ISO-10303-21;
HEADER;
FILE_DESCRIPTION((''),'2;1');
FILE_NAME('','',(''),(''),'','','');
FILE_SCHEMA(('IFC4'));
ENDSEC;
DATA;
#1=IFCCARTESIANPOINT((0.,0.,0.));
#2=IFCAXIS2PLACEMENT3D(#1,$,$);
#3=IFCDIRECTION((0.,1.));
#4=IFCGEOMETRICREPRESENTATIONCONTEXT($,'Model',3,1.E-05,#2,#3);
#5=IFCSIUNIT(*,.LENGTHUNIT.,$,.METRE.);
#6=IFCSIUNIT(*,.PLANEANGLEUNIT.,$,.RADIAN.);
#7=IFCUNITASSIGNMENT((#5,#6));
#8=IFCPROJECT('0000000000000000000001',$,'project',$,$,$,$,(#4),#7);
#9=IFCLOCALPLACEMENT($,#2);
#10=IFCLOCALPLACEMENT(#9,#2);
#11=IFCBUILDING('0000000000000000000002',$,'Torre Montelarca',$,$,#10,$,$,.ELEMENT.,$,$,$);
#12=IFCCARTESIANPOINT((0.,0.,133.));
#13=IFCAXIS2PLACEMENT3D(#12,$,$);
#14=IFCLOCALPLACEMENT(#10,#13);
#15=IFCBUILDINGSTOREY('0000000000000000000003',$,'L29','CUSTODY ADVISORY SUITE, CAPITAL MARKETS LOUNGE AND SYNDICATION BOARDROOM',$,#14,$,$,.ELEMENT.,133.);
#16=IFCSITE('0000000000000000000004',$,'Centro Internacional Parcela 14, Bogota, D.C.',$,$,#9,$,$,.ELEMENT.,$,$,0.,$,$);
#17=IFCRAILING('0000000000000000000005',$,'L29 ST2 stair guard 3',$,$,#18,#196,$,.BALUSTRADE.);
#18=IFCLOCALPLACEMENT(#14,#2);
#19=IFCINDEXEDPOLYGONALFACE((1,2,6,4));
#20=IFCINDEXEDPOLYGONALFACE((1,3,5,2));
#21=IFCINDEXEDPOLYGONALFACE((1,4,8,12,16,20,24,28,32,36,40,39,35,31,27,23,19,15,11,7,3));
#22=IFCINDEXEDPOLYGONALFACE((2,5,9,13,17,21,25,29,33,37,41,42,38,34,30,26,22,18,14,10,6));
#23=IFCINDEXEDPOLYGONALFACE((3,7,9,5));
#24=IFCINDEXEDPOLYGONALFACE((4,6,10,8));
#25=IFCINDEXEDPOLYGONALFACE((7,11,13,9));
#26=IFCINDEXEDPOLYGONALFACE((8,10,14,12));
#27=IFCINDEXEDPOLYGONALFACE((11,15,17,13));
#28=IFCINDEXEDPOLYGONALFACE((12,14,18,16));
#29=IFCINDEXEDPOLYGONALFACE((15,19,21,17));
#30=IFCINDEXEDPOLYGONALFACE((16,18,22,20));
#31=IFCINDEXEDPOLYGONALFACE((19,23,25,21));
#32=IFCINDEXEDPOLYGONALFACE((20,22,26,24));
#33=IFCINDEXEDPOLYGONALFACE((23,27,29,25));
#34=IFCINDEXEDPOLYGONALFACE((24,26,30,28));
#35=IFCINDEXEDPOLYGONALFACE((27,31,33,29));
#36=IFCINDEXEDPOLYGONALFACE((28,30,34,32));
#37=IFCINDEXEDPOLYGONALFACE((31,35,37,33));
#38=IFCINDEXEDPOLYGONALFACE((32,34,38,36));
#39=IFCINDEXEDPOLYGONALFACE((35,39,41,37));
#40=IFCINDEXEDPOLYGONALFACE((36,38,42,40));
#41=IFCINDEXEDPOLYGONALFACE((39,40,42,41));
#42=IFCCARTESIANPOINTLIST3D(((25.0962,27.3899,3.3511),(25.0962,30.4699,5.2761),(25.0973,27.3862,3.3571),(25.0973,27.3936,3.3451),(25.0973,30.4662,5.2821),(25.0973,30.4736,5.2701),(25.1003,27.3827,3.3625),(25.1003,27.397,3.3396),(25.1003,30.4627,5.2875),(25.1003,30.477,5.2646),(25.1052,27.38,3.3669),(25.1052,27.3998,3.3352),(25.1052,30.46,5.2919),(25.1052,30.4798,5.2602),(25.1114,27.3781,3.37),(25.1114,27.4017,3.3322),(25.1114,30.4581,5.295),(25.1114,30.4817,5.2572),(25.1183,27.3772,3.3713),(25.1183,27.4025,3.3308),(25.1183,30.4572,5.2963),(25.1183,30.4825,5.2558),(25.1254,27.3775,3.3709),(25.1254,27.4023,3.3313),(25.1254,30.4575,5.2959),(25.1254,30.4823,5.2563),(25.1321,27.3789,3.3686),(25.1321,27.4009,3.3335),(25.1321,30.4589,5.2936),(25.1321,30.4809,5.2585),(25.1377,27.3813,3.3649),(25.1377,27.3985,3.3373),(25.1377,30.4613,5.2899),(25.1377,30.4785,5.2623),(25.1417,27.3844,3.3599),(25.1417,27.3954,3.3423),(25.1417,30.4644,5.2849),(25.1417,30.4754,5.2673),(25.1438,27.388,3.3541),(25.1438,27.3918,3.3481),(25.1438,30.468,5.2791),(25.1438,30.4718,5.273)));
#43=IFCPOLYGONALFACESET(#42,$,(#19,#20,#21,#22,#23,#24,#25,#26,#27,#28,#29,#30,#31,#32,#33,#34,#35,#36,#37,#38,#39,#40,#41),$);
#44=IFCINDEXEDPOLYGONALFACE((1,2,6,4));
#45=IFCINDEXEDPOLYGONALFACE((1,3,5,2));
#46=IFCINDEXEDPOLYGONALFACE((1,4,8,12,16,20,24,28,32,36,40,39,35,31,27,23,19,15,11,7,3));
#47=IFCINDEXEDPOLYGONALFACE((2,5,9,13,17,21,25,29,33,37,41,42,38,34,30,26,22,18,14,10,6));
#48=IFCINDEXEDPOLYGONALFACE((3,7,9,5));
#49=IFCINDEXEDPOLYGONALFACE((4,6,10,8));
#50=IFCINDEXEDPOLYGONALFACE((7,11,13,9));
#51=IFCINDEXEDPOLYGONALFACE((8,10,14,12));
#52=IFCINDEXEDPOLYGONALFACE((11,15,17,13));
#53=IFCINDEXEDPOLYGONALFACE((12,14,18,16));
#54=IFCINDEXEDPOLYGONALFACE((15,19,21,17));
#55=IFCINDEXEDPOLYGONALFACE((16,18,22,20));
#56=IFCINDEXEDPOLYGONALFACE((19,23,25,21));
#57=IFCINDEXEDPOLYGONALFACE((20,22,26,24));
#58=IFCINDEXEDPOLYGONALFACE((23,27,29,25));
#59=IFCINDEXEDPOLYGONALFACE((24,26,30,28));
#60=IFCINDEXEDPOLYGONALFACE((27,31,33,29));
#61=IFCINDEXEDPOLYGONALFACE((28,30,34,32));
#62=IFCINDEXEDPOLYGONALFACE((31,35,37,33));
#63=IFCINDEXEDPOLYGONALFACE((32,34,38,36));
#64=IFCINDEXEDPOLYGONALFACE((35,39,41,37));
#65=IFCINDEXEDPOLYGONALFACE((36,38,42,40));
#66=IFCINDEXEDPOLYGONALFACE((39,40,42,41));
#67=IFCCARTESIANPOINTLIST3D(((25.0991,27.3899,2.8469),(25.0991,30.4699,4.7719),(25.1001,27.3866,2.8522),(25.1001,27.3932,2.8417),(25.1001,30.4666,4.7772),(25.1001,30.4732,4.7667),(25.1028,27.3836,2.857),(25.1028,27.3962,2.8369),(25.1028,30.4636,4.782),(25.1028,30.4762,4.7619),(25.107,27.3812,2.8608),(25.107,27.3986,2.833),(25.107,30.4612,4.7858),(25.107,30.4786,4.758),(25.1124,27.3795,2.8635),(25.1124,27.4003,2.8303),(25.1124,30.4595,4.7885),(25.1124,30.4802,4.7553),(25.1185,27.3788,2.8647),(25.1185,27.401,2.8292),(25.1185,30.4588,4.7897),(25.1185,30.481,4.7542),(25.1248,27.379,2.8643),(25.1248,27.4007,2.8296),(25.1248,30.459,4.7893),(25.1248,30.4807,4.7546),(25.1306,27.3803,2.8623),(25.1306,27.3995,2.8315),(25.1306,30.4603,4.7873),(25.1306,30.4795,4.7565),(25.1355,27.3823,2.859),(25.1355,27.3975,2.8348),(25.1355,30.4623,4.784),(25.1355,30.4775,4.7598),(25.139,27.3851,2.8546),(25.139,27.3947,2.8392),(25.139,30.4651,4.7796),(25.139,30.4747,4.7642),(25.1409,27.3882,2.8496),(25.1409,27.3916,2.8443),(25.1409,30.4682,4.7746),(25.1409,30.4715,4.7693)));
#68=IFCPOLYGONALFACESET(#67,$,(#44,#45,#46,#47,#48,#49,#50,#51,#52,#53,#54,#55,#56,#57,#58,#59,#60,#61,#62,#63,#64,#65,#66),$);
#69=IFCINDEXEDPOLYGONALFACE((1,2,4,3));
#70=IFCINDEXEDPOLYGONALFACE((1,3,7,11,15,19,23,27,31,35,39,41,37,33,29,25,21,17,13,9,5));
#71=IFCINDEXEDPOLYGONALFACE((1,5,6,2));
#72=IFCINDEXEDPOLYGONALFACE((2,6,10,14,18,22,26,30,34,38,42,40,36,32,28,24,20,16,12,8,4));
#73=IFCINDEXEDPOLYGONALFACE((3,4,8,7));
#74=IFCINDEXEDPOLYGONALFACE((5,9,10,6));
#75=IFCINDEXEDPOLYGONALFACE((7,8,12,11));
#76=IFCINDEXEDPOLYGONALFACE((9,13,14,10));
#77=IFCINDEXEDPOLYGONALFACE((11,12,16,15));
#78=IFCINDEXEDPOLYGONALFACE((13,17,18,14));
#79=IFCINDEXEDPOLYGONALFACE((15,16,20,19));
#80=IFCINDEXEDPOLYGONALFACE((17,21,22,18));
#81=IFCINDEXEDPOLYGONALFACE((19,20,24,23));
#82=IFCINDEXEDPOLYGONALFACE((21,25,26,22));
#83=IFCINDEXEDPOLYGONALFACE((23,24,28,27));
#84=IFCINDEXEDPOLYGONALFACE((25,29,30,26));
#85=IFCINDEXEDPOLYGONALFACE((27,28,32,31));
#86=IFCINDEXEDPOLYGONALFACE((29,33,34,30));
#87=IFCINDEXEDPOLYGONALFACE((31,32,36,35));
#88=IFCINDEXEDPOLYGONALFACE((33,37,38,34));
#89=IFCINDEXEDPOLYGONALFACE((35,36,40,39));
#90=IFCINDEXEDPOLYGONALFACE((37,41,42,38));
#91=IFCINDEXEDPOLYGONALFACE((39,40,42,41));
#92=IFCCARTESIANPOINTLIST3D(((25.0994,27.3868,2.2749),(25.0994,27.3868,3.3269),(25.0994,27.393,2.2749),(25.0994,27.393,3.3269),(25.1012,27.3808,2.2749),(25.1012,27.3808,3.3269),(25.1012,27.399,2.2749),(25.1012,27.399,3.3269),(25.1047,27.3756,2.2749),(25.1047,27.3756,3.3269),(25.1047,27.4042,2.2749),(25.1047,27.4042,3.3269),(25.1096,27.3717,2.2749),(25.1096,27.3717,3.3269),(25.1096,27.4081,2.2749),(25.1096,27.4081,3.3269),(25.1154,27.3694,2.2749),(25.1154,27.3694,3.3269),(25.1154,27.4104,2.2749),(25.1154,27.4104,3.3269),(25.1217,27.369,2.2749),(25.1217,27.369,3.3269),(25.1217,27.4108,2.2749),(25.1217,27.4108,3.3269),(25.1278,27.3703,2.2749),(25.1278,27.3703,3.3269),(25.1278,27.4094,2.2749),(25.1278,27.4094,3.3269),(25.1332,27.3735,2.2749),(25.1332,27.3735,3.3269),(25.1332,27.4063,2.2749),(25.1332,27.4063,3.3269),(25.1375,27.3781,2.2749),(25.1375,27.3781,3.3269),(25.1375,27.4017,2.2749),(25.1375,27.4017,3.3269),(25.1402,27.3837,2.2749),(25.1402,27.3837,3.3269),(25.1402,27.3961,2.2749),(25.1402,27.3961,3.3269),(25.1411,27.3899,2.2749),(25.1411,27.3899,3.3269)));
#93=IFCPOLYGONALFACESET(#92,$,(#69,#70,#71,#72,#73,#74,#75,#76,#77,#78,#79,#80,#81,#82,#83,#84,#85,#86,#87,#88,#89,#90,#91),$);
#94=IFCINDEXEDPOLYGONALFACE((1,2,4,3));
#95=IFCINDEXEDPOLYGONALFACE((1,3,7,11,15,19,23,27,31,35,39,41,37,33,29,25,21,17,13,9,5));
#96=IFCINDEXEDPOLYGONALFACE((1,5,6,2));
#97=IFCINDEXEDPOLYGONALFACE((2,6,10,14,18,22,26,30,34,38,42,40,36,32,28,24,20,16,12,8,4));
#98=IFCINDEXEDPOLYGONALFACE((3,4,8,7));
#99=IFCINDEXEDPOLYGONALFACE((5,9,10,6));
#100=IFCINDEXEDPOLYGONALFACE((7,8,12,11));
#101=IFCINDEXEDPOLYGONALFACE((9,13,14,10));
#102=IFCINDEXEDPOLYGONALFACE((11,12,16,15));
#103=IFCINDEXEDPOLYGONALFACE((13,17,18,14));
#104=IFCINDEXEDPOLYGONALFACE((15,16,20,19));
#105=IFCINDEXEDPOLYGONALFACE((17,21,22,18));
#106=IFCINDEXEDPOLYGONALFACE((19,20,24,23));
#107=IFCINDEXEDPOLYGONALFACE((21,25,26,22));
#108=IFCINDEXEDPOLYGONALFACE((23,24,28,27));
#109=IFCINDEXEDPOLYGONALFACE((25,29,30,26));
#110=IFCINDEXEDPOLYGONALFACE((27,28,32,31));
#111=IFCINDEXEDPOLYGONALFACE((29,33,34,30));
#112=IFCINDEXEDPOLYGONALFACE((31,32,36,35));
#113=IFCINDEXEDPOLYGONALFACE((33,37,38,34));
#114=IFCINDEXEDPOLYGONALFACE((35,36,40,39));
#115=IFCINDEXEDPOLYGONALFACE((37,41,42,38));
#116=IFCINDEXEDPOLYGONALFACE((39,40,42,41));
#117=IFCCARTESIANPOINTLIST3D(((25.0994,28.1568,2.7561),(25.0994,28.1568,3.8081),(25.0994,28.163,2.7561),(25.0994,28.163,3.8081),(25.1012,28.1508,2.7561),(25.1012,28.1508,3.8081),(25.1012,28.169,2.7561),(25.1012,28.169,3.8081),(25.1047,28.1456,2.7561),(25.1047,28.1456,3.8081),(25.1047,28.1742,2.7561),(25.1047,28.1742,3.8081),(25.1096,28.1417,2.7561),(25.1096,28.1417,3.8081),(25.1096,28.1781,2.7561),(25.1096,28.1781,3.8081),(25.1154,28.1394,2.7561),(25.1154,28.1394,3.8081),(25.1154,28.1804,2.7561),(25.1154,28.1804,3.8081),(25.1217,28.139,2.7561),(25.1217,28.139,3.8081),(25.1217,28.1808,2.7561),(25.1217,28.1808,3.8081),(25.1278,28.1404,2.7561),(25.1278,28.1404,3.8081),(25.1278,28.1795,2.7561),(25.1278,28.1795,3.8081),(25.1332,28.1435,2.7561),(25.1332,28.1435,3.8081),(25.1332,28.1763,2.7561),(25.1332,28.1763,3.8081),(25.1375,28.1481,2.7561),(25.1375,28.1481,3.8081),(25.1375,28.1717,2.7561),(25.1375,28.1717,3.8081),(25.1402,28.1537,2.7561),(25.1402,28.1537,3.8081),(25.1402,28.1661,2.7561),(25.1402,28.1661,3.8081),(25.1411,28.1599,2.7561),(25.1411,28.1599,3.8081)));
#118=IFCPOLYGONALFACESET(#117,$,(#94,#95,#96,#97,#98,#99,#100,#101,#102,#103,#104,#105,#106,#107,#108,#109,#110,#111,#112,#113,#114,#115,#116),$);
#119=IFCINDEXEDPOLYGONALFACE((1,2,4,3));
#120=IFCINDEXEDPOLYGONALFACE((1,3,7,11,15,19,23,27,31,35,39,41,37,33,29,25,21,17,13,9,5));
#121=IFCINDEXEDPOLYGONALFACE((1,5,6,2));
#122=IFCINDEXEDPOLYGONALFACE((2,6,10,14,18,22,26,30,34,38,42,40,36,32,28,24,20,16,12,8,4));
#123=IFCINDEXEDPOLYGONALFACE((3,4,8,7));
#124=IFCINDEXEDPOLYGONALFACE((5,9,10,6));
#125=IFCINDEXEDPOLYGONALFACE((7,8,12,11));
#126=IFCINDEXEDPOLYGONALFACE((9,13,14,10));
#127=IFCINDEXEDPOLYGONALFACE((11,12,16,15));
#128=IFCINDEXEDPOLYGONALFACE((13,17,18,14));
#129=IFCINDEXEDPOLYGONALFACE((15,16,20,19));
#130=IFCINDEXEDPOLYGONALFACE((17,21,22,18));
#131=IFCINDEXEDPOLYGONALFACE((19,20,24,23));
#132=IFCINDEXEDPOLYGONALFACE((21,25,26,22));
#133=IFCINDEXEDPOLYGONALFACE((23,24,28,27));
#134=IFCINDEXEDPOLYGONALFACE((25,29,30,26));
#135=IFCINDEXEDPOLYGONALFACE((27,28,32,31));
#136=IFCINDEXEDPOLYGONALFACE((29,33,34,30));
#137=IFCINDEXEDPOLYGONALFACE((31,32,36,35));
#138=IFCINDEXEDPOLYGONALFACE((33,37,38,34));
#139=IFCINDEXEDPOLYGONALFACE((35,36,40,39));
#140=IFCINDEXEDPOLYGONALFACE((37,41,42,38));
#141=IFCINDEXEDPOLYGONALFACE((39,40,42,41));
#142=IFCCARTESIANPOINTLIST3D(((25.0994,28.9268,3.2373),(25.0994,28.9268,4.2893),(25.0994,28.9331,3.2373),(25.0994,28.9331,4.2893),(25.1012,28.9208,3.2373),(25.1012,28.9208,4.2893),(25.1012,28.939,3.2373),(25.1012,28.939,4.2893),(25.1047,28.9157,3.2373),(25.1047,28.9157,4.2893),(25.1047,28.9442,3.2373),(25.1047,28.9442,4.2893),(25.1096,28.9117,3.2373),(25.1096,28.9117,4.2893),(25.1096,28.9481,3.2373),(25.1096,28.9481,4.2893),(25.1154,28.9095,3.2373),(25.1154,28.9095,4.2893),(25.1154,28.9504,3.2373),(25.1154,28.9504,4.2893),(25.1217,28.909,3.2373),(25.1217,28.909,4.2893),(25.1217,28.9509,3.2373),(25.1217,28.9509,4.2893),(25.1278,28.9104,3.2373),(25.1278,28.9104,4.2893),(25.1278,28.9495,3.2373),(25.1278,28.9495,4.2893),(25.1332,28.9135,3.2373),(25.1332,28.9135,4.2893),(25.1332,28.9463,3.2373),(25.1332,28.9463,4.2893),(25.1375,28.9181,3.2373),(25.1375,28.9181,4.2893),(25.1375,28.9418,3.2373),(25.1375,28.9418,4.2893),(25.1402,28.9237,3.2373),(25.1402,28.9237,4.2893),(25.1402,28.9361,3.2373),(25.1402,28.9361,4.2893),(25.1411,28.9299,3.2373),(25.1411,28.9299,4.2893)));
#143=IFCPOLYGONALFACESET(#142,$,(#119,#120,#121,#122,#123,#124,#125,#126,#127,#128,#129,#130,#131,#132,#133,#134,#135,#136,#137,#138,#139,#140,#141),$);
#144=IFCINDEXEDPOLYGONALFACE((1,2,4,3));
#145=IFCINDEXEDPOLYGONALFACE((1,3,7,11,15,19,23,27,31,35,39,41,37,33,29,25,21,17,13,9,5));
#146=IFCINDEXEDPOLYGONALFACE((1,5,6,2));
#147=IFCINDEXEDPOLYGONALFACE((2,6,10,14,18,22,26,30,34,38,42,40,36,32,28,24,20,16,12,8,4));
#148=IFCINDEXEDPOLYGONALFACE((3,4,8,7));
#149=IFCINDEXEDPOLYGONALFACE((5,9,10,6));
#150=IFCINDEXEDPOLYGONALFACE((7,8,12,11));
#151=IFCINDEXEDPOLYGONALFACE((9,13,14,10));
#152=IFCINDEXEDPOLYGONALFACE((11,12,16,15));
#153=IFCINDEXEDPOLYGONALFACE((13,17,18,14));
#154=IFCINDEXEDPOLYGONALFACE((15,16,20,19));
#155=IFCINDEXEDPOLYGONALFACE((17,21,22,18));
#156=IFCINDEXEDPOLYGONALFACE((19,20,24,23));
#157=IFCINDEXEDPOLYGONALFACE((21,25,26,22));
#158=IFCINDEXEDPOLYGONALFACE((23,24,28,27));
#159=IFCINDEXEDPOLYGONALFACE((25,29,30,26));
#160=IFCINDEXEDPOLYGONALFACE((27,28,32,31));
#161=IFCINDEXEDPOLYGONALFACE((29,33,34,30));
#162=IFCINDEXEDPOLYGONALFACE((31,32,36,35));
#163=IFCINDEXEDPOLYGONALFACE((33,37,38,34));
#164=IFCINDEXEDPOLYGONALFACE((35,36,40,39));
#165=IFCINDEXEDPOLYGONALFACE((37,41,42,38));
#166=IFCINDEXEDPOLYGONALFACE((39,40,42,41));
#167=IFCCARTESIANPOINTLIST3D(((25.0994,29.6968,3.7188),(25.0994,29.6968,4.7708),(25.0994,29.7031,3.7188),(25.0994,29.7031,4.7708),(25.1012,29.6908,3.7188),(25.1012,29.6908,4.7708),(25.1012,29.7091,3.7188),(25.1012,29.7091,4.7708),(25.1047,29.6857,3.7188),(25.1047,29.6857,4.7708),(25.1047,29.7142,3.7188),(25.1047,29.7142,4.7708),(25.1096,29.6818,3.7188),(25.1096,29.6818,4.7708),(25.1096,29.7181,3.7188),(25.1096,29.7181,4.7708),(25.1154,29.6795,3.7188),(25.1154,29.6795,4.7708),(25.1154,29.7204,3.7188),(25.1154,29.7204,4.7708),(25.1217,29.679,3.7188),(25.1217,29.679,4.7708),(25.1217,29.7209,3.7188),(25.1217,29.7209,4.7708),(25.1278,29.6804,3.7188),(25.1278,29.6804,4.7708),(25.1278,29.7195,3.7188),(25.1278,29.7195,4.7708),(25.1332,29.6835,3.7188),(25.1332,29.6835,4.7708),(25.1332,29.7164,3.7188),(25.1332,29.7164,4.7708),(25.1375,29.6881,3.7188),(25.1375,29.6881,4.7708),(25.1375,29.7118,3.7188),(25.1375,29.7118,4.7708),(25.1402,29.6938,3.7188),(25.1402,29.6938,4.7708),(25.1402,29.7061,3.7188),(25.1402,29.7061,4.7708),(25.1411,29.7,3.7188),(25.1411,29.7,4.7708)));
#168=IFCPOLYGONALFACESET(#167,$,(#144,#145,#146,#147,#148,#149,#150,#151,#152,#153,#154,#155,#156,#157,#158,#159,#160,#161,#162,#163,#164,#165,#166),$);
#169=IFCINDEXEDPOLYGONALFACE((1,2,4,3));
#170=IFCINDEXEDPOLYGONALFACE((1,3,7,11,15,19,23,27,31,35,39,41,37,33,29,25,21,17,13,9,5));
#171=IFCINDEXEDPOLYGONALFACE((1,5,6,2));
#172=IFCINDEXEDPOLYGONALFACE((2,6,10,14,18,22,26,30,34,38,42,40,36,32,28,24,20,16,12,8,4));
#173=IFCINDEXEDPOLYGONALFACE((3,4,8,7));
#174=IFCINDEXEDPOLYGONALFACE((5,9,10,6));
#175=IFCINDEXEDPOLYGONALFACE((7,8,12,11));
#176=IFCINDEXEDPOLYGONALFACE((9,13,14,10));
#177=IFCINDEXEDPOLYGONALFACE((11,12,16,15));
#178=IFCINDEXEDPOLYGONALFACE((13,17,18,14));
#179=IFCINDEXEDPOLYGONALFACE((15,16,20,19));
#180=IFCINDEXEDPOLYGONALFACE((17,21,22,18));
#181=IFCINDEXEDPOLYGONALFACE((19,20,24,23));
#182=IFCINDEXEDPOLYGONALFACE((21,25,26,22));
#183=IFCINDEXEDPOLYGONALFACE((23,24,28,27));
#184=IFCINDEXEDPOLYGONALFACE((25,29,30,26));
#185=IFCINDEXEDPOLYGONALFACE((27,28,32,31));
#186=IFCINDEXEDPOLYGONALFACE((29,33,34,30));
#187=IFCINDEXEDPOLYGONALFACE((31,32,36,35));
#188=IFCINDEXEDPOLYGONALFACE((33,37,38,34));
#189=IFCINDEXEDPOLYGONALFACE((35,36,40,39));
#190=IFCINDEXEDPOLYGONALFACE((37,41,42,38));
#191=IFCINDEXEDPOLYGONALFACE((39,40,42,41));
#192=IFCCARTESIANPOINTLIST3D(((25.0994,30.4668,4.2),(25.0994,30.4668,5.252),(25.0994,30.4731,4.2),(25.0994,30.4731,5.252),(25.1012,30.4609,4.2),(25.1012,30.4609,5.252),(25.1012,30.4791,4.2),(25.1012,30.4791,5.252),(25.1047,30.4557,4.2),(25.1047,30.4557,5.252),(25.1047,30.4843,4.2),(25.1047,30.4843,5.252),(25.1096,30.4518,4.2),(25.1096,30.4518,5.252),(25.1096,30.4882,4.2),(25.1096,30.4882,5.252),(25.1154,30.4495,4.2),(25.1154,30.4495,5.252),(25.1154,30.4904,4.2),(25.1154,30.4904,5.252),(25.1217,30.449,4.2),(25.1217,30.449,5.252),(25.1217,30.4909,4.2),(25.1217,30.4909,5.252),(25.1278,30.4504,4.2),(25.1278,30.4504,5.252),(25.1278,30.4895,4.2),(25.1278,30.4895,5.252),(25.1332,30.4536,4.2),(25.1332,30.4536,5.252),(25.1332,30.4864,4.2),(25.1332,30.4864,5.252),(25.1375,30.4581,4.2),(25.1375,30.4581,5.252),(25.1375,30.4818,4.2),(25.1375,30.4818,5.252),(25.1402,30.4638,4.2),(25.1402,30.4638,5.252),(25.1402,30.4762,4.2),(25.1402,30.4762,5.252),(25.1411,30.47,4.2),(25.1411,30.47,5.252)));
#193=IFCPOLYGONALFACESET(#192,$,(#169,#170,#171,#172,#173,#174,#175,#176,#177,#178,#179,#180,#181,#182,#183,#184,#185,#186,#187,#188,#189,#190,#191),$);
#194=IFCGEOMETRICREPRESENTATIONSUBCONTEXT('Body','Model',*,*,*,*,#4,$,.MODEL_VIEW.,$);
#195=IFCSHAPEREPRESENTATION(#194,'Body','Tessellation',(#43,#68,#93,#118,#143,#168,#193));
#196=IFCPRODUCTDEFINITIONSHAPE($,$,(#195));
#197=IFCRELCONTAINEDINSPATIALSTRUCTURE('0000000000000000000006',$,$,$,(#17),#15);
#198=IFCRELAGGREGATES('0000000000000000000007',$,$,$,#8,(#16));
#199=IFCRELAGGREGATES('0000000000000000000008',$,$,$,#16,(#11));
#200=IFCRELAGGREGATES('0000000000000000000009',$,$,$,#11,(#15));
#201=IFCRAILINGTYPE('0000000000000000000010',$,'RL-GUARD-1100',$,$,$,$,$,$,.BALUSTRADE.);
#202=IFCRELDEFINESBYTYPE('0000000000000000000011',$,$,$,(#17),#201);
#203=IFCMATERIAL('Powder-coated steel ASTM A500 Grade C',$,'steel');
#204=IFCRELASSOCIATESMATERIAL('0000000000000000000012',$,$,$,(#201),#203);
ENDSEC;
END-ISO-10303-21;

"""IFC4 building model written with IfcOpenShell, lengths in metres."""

from ifc_helpers import new_model, si_unit, direction, frame, origin, origin_2d, place, context, subcontext, project, spatial, circle, extrude, material, type_object, element, save


model = new_model("IFC4")

# Units and contexts
model_context = context("Model", 3, precision=1e-05, world=origin(), true_north=direction((0.0, 1.0)))
body_context = subcontext(model_context, "Body", "Model", "MODEL_VIEW")
ifc_project = project(units=[si_unit("LENGTHUNIT", "METRE"), si_unit("PLANEANGLEUNIT", "RADIAN")], contexts=[model_context])

# Site, building, storey
site_placement = place(None, origin())
site = spatial("IfcSite", under=ifc_project, at=site_placement, Name="Centro Internacional Parcela 14, Bogota, D.C.", CompositionType="ELEMENT", RefElevation=0.0)
building_placement = place(site_placement, origin())
building = spatial("IfcBuilding", under=site, at=building_placement, Name="Torre Montelarca", CompositionType="ELEMENT")
storey_placement = place(building_placement, frame((0.0, 0.0, 133.0)))
storey = spatial("IfcBuildingStorey", under=building, at=storey_placement, Name="L29", Description="CUSTODY ADVISORY SUITE, CAPITAL MARKETS LOUNGE AND SYNDICATION BOARDROOM", CompositionType="ELEMENT", Elevation=133.0)

# Railing
ifc_material_1 = material(Name="Powder-coated steel ASTM A500 Grade C", Category="steel")
railing_type_1 = type_object("IfcRailingType", Name="RL-GUARD-1100", PredefinedType="BALUSTRADE", material=ifc_material_1)
railing_1_placement = place(storey_placement, frame((25.1201, 27.3899, 2.2749)))
element("IfcRailing", 1, at=railing_1_placement, inside=storey, type_object=railing_type_1, Name="L29 ST2 stair guard 3", PredefinedType="BALUSTRADE", context=body_context, shape_type="SweptSolid", body=[
    extrude(circle(Radius=0.0239, at=origin_2d()), frame((0.0, 0.0, 1.0762), z_axis=(0.0, 0.847998, 0.529999), x_axis=(-1.0, 0.0, 0.0)), (0.0, 0.0, 1.0), 3.6321),
    extrude(circle(Radius=0.021, at=origin_2d()), frame((0.0, 0.0, 0.572), z_axis=(0.0, 0.847998, 0.529999), x_axis=(-1.0, 0.0, 0.0)), (0.0, 0.0, 1.0), 3.6321),
    extrude(circle(Radius=0.021, at=origin_2d()), origin(), (0.0, 0.0, 1.0), 1.052),
    extrude(circle(Radius=0.021, at=origin_2d()), frame((0.0, 0.77, 0.4812)), (0.0, 0.0, 1.0), 1.052),
    extrude(circle(Radius=0.021, at=origin_2d()), frame((0.0, 1.54, 0.9624)), (0.0, 0.0, 1.0), 1.052),
    extrude(circle(Radius=0.021, at=origin_2d()), frame((0.0, 2.3101, 1.4438)), (0.0, 0.0, 1.0), 1.052),
    extrude(circle(Radius=0.021, at=origin_2d()), frame((0.0, 3.0801, 1.925)), (0.0, 0.0, 1.0), 1.052),
])

save(model, "model.ifc")
